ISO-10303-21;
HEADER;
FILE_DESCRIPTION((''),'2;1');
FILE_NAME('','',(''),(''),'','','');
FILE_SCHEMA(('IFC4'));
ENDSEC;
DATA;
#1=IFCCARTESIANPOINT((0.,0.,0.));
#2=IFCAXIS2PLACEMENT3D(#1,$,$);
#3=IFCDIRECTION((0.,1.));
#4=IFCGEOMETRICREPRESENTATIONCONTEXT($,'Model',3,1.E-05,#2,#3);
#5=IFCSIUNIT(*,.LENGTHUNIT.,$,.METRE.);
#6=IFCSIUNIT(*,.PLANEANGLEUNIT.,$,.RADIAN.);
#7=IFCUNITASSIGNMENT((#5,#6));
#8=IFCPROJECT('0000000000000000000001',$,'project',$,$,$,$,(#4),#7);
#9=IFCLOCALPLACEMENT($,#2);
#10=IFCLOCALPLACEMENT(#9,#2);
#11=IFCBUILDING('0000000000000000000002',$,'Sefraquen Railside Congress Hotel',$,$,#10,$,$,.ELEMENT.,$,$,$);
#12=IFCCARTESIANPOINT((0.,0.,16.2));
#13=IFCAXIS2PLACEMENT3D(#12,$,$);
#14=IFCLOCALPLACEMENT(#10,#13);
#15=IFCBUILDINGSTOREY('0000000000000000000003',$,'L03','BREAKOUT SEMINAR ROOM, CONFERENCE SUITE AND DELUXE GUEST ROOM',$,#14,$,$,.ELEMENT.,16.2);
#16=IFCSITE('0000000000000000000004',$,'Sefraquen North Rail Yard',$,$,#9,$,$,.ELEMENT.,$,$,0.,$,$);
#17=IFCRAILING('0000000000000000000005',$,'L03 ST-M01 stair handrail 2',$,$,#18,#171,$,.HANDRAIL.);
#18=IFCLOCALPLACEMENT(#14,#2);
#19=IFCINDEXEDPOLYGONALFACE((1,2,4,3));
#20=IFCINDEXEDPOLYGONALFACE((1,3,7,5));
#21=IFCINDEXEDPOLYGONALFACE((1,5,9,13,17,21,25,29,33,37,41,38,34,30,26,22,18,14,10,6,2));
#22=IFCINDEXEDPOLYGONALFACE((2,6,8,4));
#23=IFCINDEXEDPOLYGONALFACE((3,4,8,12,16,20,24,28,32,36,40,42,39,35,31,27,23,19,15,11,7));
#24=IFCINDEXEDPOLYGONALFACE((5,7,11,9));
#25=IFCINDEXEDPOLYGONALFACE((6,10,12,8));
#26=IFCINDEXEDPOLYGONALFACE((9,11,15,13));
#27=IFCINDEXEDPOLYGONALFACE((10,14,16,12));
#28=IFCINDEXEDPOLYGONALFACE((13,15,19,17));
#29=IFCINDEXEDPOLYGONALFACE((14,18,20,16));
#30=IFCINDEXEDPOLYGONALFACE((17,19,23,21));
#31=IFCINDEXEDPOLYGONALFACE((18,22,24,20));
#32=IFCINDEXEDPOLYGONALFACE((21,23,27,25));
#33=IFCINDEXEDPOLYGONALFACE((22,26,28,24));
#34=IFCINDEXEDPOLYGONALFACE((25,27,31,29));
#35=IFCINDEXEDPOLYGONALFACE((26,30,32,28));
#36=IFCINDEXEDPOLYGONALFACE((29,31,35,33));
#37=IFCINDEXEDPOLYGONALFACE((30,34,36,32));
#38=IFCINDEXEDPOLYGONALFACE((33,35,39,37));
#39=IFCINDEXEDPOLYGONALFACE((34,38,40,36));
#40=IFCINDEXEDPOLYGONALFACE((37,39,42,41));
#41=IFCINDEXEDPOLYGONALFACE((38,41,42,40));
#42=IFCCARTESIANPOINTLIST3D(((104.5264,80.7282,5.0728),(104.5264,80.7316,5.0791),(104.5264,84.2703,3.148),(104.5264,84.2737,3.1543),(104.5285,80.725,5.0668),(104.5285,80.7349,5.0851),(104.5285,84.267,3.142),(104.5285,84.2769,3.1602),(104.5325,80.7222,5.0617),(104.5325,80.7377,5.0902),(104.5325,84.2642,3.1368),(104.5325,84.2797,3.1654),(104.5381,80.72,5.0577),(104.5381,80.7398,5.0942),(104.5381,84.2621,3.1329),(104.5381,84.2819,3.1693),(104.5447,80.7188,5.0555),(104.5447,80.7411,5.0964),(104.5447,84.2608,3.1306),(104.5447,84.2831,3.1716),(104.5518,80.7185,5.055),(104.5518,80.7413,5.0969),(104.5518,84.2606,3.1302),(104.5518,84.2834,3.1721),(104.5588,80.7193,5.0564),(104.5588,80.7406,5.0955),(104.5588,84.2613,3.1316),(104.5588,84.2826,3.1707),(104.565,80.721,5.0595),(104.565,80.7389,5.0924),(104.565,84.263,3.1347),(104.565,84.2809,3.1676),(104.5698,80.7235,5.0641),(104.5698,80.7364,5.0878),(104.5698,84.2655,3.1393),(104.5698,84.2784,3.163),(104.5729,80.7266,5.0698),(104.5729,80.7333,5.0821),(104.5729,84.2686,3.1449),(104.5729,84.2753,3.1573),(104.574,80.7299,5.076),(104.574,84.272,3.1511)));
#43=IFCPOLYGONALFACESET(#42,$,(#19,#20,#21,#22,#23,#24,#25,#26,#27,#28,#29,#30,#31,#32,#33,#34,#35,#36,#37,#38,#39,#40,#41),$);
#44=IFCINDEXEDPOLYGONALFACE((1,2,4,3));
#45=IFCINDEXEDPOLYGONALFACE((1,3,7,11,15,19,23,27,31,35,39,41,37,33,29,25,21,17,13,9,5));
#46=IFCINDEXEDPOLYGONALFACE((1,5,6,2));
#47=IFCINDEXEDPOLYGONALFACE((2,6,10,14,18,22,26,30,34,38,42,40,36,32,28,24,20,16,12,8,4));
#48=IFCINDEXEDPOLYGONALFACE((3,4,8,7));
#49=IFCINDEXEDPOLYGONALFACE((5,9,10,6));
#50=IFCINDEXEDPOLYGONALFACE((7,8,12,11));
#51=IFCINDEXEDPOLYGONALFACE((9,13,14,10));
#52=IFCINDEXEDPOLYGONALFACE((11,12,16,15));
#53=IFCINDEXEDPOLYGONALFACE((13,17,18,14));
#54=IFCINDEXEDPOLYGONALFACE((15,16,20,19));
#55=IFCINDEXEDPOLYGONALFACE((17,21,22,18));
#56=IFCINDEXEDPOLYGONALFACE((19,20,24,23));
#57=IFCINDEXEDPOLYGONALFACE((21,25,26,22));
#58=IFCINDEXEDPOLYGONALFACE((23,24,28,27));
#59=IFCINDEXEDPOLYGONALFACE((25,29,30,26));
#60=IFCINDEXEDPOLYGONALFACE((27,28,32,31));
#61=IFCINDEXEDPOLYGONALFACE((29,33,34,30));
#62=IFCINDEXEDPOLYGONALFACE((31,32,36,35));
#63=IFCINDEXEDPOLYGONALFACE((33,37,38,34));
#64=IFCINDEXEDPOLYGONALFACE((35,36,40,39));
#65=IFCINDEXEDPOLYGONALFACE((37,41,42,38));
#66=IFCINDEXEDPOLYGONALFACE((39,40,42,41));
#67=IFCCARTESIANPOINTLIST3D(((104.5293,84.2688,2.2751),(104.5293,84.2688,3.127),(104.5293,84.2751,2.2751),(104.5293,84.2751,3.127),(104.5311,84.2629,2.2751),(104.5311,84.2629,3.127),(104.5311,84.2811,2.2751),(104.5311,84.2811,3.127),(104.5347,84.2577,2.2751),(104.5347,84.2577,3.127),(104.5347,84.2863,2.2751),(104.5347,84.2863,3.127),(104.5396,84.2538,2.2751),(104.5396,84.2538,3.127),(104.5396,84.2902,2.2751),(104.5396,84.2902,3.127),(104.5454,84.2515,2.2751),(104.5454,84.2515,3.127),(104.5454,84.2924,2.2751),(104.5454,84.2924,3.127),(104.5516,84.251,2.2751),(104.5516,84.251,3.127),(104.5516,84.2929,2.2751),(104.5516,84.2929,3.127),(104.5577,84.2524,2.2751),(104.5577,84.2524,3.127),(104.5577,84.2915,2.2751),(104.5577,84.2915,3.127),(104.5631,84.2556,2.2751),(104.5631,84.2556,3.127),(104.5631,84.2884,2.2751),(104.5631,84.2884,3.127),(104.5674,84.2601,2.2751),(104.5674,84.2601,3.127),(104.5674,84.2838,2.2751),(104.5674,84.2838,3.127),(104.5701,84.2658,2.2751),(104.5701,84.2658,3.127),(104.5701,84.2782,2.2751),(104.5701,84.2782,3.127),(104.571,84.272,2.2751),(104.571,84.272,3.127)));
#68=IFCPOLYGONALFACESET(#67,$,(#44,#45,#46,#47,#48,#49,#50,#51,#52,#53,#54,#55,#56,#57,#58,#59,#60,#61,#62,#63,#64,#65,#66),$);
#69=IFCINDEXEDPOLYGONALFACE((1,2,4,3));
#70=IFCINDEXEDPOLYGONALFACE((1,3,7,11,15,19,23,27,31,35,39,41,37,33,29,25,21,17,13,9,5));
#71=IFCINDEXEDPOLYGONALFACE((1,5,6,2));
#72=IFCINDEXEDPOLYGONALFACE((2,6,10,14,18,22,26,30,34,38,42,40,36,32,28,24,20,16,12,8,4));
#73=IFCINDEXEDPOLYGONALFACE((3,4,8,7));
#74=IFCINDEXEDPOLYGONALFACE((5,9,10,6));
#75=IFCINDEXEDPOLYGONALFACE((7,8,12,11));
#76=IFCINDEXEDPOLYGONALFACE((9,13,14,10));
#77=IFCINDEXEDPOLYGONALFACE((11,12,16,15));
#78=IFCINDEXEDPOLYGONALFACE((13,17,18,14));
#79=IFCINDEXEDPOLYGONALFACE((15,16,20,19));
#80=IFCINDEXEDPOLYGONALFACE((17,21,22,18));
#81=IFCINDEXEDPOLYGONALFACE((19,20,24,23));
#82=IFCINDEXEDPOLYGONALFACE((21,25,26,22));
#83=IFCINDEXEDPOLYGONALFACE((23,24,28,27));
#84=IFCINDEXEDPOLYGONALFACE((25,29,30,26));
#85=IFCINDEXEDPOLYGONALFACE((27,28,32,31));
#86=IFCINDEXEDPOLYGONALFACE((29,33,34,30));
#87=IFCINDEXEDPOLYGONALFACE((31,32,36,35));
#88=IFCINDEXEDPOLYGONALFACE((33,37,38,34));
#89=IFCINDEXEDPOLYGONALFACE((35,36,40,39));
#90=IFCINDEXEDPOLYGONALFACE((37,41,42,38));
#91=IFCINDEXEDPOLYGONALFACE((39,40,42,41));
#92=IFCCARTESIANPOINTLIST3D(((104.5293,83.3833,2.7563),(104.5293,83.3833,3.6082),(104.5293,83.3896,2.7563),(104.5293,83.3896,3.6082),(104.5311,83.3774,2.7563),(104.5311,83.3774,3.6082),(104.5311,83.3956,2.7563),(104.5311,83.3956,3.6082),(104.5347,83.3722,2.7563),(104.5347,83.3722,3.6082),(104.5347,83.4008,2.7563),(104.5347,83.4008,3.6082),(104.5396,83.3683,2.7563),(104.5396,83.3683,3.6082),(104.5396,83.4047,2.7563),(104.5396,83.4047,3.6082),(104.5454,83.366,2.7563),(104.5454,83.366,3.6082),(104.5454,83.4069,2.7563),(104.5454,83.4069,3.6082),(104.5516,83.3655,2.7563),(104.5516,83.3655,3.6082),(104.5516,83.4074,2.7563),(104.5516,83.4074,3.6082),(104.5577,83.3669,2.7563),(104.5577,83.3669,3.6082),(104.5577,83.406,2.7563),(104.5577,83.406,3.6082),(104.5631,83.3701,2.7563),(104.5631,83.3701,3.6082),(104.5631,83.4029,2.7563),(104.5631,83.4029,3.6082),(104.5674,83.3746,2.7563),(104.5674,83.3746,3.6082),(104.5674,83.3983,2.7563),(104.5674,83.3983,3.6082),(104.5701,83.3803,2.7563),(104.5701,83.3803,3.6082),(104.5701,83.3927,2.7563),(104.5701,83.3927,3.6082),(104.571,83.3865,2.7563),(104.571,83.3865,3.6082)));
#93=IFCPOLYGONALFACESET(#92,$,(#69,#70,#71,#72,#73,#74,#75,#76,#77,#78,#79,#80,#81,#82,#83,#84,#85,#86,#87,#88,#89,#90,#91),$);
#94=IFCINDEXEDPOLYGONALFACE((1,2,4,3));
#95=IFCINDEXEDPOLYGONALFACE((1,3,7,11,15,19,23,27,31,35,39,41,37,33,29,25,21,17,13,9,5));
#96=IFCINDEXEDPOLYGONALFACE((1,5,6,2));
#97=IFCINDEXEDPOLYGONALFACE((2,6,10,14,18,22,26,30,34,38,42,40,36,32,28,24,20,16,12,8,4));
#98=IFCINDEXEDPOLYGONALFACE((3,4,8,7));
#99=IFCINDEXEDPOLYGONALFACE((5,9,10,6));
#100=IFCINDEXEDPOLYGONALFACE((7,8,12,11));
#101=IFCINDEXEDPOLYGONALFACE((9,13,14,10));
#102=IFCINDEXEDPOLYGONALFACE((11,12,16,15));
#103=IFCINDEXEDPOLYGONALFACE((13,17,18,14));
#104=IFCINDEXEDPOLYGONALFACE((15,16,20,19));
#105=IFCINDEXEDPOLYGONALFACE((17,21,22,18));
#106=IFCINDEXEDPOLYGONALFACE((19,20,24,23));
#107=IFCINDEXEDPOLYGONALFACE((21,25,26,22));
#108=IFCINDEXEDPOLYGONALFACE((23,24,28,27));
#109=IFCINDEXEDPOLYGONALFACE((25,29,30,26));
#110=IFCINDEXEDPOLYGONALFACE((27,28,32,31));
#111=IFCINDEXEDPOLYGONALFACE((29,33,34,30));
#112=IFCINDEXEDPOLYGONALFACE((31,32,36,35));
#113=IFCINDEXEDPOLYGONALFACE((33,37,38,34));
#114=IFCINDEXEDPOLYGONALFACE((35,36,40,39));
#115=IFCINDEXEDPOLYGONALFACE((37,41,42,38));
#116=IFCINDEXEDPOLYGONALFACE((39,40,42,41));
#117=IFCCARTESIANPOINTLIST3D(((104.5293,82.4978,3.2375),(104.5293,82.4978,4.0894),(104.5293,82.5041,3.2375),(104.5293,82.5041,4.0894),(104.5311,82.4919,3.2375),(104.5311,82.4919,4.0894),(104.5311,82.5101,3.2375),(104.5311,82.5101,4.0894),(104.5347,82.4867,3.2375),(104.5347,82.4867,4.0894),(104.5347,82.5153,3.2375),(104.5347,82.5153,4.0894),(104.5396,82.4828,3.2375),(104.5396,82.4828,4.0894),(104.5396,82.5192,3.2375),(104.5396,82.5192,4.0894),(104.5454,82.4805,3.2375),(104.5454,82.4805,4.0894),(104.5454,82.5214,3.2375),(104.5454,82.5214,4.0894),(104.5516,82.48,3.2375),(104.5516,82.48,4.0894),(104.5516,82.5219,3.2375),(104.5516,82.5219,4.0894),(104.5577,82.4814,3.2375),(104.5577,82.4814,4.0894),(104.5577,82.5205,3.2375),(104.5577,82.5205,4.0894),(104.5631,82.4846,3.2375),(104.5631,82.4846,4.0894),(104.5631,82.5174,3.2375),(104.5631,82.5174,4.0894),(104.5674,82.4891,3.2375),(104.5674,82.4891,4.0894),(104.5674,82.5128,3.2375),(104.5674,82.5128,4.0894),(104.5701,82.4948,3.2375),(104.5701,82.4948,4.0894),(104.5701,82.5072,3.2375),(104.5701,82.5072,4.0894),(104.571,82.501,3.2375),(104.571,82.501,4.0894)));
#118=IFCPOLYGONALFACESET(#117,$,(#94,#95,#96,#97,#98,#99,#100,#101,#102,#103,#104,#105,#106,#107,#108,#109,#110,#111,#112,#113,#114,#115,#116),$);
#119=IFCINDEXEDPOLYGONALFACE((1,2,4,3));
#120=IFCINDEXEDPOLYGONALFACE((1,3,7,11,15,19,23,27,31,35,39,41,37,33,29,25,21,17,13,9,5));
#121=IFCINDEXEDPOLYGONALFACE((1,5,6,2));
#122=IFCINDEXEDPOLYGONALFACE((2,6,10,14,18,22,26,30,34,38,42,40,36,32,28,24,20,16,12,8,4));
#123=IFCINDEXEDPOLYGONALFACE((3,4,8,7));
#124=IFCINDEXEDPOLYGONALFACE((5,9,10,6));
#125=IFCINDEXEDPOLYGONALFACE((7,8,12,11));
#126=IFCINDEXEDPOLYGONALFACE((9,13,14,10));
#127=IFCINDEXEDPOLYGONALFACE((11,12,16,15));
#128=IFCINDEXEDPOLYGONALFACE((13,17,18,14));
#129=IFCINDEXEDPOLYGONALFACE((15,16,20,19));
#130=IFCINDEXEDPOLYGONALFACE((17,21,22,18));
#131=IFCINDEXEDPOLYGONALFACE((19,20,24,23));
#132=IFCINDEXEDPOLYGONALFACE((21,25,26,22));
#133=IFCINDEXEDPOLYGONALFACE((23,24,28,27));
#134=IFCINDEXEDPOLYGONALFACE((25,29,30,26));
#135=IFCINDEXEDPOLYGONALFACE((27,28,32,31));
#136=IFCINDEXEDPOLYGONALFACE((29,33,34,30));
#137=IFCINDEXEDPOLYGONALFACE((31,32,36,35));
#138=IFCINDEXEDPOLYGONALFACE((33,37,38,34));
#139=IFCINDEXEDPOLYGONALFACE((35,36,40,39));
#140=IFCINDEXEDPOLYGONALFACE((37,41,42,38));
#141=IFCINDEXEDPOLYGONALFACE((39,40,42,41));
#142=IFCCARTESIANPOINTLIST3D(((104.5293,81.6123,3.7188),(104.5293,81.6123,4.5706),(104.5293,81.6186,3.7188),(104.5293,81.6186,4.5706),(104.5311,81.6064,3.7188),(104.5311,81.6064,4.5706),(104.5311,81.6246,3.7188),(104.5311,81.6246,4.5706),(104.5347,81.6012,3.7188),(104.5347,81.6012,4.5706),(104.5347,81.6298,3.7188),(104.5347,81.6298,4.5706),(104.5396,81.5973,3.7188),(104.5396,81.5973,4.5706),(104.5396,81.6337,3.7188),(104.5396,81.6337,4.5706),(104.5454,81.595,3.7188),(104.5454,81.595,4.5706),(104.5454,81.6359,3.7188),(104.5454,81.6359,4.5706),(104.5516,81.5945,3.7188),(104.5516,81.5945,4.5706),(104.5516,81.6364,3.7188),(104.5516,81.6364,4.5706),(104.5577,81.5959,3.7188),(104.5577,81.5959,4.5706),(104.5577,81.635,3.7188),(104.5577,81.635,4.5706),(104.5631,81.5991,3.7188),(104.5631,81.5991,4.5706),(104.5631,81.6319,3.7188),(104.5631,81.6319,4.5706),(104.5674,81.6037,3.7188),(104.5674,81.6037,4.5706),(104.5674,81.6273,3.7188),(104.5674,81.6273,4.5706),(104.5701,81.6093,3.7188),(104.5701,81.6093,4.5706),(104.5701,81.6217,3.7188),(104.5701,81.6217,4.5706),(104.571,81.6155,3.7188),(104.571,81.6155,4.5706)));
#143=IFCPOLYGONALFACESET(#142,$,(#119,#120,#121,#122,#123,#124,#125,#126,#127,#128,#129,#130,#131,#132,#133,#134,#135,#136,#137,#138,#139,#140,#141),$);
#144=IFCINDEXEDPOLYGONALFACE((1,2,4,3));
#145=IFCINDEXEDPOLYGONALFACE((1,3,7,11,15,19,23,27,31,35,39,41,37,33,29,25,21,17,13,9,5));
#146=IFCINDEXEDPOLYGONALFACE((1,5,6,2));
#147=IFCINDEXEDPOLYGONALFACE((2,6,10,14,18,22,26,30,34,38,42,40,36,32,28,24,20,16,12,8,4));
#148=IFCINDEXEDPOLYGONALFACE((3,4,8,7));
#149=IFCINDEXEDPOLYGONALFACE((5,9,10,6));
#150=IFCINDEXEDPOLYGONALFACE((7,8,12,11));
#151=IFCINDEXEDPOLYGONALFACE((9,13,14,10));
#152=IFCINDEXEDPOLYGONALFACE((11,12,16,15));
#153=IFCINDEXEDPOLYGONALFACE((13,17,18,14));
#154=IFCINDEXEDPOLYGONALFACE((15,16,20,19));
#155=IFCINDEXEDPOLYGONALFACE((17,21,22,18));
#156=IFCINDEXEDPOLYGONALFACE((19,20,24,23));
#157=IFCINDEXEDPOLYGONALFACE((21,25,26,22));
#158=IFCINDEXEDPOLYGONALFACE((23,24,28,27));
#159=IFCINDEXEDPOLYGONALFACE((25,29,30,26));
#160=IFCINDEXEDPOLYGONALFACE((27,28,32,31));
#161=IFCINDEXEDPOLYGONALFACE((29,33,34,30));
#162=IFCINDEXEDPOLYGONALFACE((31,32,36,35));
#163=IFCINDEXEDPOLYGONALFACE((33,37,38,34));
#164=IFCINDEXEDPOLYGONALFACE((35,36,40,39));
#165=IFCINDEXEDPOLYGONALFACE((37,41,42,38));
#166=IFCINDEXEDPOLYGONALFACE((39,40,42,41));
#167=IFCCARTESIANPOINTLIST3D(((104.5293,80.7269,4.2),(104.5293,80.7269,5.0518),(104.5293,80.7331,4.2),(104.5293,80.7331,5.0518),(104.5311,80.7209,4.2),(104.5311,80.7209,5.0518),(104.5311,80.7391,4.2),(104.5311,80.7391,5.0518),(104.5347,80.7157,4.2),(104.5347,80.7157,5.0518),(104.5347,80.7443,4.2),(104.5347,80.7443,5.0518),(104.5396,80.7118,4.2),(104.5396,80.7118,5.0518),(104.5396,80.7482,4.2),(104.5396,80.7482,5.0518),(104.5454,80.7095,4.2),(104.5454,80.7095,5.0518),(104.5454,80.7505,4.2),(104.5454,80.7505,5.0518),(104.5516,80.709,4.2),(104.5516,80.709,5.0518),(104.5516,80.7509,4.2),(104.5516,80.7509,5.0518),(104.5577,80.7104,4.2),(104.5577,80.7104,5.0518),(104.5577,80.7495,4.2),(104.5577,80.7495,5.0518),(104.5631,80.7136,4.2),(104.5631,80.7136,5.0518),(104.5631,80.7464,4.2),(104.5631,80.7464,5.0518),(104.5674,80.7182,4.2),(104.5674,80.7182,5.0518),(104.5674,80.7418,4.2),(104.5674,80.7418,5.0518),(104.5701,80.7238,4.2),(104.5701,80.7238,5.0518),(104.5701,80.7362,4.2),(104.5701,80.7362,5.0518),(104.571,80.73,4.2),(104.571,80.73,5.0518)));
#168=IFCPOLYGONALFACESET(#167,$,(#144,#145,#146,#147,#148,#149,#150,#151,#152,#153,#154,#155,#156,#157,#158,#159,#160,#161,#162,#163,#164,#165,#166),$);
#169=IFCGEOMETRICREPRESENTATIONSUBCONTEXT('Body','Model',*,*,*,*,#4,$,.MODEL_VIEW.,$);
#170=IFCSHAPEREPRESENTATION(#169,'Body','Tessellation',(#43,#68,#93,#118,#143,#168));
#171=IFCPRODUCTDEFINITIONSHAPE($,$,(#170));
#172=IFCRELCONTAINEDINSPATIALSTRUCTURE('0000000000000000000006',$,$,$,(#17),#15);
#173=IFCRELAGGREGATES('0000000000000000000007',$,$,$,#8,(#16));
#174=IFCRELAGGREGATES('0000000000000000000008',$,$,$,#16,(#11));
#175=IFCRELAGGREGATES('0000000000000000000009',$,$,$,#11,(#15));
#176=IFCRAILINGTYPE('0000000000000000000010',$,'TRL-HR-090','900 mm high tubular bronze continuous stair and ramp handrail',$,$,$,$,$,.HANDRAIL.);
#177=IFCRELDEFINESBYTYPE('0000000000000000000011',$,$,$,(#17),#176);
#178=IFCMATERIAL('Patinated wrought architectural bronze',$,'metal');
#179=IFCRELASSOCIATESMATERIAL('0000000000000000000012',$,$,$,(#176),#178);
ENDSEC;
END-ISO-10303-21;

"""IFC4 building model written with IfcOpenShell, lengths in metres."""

from ifc_helpers import new_model, si_unit, direction, frame, origin, origin_2d, place, context, subcontext, project, spatial, circle, extrude, material, type_object, element, save


model = new_model("IFC4")

# Units and contexts
model_context = context("Model", 3, precision=1e-05, world=origin(), true_north=direction((0.0, 1.0)))
body_context = subcontext(model_context, "Body", "Model", "MODEL_VIEW")
ifc_project = project(units=[si_unit("LENGTHUNIT", "METRE"), si_unit("PLANEANGLEUNIT", "RADIAN")], contexts=[model_context])

# Site, building, storey
site_placement = place(None, origin())
site = spatial("IfcSite", under=ifc_project, at=site_placement, Name="Sefraquen North Rail Yard", CompositionType="ELEMENT", RefElevation=0.0)
building_placement = place(site_placement, origin())
building = spatial("IfcBuilding", under=site, at=building_placement, Name="Sefraquen Railside Congress Hotel", CompositionType="ELEMENT")
storey_placement = place(building_placement, frame((0.0, 0.0, 16.2)))
storey = spatial("IfcBuildingStorey", under=building, at=storey_placement, Name="L03", Description="BREAKOUT SEMINAR ROOM, CONFERENCE SUITE AND DELUXE GUEST ROOM", CompositionType="ELEMENT", Elevation=16.2)

# Railing
ifc_material_1 = material(Name="Patinated wrought architectural bronze", Category="metal")
railing_type_1 = type_object("IfcRailingType", Name="TRL-HR-090", Description="900 mm high tubular bronze continuous stair and ramp handrail", PredefinedType="HANDRAIL", material=ifc_material_1)
railing_1_placement = place(storey_placement, frame((104.55, 84.272, 2.2751)))
element("IfcRailing", 1, at=railing_1_placement, inside=storey, type_object=railing_type_1, Name="L03 ST-M01 stair handrail 2", PredefinedType="HANDRAIL", context=body_context, shape_type="SweptSolid", body=[
    extrude(circle(Radius=0.0239, at=origin_2d()), frame((0.0, 0.0, 0.876), z_axis=(0.0, -0.878644, 0.477477), x_axis=(1.0, 0.0, 0.0)), (0.0, 0.0, 1.0), 4.0312),
    extrude(circle(Radius=0.021, at=origin_2d()), origin(), (0.0, 0.0, 1.0), 0.8518),
    extrude(circle(Radius=0.021, at=origin_2d()), frame((0.0, -0.8855, 0.4812)), (0.0, 0.0, 1.0), 0.8518),
    extrude(circle(Radius=0.021, at=origin_2d()), frame((0.0, -1.771, 0.9624)), (0.0, 0.0, 1.0), 0.8518),
    extrude(circle(Radius=0.021, at=origin_2d()), frame((0.0, -2.6565, 1.4436)), (0.0, 0.0, 1.0), 0.8518),
    extrude(circle(Radius=0.021, at=origin_2d()), frame((0.0, -3.542, 1.9248)), (0.0, 0.0, 1.0), 0.8518),
])

save(model, "model.ifc")
